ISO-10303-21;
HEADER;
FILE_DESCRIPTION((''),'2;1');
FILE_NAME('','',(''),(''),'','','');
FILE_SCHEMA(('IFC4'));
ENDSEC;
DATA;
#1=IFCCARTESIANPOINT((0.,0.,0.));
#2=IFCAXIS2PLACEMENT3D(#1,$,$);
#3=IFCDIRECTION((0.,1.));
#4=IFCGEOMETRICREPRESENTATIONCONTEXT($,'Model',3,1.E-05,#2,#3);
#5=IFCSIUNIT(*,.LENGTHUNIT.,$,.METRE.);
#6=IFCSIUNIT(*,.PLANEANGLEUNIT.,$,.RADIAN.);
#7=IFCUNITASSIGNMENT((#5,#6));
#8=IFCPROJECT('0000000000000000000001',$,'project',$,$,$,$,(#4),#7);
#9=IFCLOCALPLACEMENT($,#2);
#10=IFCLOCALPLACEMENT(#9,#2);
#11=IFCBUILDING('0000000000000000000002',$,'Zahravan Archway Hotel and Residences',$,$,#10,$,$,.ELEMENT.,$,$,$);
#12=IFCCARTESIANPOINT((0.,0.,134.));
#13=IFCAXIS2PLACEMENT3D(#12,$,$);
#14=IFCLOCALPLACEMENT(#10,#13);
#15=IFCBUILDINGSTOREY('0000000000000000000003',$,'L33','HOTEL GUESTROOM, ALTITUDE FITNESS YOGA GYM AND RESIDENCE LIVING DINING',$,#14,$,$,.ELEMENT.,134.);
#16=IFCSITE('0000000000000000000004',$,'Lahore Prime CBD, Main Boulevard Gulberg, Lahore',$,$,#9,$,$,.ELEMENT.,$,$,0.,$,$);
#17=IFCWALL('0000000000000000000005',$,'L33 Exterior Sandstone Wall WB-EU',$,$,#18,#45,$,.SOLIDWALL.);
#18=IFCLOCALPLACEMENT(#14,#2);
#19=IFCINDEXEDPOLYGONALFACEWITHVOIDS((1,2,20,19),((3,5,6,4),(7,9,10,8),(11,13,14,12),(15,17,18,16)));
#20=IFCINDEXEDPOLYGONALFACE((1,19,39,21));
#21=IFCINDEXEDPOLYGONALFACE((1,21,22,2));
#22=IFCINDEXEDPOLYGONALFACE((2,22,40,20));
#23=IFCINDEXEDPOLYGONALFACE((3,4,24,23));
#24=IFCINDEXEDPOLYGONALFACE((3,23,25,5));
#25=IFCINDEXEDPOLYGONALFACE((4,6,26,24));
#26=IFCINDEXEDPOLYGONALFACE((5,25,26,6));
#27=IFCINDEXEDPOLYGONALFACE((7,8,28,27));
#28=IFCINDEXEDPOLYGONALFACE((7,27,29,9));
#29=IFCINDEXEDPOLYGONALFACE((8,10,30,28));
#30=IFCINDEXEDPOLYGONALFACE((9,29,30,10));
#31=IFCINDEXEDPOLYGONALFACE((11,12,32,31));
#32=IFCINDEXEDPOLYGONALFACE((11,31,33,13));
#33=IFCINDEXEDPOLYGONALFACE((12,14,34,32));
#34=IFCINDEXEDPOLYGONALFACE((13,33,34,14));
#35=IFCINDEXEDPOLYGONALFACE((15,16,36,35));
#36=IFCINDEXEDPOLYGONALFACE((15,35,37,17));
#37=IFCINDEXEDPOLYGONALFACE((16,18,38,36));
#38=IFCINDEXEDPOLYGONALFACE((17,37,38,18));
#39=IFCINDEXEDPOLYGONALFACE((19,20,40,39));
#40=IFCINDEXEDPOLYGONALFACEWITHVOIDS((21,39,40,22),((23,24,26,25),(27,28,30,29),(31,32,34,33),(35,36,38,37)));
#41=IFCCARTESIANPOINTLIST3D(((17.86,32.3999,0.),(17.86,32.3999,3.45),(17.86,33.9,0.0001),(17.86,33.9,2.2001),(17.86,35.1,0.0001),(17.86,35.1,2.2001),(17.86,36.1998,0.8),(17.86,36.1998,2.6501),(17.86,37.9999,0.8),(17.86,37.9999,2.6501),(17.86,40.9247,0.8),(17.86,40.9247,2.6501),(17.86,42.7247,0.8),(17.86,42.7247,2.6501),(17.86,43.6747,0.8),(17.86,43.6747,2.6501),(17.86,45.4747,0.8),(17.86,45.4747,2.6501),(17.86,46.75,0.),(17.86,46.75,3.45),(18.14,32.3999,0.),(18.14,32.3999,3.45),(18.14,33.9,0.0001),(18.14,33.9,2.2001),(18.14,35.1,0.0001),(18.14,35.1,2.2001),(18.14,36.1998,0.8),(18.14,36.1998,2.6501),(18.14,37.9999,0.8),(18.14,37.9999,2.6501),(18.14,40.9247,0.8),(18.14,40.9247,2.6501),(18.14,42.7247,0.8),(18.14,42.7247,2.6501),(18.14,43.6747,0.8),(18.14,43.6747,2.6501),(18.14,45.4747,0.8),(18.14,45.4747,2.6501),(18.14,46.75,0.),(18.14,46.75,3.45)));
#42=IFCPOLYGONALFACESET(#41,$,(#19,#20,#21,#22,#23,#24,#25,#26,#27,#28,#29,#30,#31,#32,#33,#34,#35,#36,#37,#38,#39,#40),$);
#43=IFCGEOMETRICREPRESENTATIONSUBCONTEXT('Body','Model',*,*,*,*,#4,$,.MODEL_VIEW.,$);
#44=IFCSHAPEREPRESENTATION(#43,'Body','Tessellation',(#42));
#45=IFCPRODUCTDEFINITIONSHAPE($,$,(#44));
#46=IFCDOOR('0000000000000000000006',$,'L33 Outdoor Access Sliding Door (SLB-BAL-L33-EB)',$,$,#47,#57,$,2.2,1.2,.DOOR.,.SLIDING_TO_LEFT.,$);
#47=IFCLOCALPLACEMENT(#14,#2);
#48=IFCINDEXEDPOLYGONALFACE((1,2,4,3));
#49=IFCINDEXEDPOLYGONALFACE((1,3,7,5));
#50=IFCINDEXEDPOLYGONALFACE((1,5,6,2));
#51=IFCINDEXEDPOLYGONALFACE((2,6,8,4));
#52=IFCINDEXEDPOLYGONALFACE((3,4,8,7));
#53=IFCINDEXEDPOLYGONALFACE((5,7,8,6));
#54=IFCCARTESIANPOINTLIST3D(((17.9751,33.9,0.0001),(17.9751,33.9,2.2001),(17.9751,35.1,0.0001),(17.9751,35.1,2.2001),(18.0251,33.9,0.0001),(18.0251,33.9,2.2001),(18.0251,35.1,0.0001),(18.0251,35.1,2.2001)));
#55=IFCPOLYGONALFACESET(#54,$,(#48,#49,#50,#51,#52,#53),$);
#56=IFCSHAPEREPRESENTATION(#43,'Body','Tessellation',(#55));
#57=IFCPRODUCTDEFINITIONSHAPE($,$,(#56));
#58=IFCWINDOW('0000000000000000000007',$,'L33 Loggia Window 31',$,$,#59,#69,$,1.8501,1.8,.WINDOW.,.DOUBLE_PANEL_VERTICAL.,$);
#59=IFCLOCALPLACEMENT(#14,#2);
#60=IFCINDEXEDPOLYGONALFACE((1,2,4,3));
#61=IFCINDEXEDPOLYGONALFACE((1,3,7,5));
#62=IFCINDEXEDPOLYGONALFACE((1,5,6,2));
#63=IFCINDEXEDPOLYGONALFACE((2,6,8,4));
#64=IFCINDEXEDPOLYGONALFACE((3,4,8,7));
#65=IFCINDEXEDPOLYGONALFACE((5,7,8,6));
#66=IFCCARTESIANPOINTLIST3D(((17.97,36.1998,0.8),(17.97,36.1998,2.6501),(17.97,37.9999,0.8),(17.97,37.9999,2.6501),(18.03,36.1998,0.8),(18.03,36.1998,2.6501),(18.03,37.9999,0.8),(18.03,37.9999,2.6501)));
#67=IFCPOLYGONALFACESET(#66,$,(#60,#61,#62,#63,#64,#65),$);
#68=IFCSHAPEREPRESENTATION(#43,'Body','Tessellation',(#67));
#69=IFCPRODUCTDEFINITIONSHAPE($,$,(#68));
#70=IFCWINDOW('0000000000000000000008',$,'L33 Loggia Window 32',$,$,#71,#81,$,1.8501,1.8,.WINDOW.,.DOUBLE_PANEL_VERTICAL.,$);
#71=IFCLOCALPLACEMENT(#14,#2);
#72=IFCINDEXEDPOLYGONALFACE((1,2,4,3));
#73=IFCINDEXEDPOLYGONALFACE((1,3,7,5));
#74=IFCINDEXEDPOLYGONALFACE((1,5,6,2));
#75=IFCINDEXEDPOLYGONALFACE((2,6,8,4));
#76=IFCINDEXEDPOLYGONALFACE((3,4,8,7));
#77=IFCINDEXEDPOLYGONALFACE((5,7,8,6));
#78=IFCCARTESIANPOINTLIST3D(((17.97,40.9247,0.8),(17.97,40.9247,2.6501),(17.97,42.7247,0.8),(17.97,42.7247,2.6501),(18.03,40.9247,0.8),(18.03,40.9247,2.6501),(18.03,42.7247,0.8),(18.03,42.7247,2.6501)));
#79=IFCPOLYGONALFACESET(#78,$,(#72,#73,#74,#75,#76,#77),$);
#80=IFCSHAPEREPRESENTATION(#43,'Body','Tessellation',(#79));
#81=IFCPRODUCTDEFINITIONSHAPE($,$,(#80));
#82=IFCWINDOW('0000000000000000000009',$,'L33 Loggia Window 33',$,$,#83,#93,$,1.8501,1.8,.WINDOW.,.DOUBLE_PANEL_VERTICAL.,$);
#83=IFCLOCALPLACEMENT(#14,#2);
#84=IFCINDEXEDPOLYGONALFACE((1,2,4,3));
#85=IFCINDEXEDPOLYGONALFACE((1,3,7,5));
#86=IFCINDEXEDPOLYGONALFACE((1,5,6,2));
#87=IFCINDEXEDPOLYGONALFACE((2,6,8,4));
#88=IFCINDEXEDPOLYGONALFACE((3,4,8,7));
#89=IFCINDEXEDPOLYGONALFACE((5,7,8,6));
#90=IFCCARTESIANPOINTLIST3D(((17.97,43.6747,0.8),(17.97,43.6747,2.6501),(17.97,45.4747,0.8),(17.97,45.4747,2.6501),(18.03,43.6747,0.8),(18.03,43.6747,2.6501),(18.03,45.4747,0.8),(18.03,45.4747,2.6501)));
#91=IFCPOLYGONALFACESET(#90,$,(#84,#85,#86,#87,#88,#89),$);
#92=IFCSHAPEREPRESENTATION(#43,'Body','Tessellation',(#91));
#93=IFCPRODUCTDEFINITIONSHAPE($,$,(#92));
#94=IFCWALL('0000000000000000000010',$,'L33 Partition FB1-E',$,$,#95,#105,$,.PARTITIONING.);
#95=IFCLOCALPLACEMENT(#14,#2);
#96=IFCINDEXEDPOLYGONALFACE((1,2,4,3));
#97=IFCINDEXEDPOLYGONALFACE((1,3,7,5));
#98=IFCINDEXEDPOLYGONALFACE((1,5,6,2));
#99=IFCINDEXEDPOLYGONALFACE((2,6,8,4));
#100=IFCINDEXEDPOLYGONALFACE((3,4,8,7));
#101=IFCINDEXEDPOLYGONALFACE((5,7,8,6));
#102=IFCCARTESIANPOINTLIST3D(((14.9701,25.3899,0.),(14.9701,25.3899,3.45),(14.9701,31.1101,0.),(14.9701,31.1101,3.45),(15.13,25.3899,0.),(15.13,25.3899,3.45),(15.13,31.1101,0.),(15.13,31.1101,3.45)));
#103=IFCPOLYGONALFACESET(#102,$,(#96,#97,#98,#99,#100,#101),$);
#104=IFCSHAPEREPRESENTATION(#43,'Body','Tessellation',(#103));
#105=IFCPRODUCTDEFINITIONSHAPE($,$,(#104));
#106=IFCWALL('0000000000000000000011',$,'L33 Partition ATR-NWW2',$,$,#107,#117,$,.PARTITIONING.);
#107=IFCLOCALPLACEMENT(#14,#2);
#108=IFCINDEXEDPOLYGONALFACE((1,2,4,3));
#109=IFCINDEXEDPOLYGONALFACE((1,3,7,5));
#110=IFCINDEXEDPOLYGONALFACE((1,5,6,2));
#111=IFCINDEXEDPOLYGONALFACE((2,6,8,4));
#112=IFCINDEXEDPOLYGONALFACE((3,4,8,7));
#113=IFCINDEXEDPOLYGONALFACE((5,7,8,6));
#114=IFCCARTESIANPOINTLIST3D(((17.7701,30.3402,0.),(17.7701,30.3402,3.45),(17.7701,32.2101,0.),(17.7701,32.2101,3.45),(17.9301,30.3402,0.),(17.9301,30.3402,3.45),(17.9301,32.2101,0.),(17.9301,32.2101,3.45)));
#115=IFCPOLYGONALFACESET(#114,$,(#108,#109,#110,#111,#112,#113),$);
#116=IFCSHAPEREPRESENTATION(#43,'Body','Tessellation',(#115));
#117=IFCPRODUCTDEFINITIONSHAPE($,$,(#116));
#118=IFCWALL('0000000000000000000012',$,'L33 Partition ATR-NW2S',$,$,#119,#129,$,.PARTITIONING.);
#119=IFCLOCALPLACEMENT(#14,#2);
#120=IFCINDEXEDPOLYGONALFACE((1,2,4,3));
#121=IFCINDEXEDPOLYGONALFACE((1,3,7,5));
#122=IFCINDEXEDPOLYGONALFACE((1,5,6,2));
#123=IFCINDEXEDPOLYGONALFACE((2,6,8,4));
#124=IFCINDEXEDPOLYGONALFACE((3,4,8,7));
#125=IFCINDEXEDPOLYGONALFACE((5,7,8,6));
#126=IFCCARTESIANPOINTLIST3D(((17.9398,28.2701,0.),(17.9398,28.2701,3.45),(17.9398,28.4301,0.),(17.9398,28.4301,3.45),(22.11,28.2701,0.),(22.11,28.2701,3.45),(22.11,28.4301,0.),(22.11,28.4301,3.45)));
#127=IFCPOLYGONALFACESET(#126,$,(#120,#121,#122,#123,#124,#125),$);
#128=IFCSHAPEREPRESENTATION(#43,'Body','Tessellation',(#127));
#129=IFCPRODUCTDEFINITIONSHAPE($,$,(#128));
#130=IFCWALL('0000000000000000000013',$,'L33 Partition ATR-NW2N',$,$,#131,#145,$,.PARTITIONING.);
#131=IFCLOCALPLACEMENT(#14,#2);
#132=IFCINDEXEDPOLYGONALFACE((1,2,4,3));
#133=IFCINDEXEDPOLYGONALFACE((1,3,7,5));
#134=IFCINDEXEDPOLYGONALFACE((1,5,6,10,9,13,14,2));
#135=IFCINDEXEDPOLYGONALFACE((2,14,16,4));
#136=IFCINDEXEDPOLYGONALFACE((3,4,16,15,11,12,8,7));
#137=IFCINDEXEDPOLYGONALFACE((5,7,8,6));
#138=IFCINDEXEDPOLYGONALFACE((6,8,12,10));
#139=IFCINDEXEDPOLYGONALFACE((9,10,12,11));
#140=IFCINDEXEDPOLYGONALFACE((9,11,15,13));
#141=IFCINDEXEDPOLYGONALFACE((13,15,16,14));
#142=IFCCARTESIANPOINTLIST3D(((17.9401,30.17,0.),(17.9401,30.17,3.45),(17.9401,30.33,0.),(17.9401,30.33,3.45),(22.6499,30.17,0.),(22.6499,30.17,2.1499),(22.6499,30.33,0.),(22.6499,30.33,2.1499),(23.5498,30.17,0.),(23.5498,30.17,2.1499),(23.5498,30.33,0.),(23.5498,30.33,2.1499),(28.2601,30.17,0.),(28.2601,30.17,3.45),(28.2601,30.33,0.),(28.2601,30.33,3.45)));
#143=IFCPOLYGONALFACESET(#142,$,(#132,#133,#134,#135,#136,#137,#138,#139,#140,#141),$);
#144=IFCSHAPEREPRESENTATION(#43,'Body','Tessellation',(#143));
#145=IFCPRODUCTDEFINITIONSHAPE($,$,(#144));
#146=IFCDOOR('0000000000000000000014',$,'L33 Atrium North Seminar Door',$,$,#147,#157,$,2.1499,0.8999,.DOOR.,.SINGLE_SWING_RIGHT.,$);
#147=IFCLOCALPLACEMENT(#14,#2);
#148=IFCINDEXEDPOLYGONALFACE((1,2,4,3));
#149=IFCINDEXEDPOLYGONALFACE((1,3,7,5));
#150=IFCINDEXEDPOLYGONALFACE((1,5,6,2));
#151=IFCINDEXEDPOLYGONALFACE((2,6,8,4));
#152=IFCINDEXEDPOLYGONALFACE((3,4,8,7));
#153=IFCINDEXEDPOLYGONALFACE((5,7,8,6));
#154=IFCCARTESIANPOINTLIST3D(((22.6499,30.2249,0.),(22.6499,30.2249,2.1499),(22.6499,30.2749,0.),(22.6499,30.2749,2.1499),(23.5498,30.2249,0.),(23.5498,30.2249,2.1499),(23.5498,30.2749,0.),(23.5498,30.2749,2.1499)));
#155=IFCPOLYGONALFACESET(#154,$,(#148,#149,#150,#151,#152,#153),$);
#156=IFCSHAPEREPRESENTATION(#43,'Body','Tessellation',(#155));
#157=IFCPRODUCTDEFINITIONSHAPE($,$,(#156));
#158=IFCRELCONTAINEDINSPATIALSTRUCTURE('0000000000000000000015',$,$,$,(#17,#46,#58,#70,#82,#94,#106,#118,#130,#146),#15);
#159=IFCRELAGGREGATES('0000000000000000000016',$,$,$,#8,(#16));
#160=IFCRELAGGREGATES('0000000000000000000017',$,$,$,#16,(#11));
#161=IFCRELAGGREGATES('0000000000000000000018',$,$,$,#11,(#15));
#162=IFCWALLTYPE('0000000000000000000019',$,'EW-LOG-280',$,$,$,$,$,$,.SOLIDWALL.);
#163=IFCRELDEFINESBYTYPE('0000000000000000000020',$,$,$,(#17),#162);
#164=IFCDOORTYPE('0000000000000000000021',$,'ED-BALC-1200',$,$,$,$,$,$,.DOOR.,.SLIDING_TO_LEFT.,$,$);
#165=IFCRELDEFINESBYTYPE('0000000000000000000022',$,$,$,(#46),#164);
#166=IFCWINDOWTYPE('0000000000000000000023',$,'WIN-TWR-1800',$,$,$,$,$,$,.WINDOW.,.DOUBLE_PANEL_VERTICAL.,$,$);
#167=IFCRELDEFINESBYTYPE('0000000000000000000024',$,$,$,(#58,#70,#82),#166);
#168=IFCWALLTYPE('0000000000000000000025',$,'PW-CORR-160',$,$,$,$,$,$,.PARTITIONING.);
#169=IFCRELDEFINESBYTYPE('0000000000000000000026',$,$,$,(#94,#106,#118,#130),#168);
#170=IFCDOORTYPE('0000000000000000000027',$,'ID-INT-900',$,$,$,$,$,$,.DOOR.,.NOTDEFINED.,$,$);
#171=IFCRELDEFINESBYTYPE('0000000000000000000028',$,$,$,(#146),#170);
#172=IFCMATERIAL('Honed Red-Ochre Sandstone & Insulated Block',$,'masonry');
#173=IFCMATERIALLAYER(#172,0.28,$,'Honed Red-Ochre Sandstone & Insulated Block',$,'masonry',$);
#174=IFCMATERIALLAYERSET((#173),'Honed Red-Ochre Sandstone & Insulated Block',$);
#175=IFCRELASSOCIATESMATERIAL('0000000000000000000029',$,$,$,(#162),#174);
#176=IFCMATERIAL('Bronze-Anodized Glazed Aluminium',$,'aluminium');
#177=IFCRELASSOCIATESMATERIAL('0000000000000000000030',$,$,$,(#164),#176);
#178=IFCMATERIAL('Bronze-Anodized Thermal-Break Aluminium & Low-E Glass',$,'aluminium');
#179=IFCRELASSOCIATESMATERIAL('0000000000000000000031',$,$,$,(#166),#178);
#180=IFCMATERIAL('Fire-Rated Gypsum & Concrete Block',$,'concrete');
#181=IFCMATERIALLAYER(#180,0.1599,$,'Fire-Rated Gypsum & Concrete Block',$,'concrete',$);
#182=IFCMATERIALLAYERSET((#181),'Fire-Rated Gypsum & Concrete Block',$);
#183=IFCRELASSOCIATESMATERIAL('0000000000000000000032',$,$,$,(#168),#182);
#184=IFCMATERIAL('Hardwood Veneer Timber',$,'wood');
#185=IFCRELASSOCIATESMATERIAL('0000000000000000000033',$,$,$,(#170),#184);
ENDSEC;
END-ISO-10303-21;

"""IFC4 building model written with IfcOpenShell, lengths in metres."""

from ifc_helpers import new_model, si_unit, direction, frame, frame_2d, origin, place, context, subcontext, project, spatial, rectangle, extrude, source, transform, mapped, material, layer, layer_set, type_object, type_shapes, element, fill, save


model = new_model("IFC4")

# Units and contexts
model_context = context("Model", 3, precision=1e-05, world=origin(), true_north=direction((0.0, 1.0)))
body_context = subcontext(model_context, "Body", "Model", "MODEL_VIEW")
ifc_project = project(units=[si_unit("LENGTHUNIT", "METRE"), si_unit("PLANEANGLEUNIT", "RADIAN")], contexts=[model_context])

# Site, building, storey
site_placement = place(None, origin())
site = spatial("IfcSite", under=ifc_project, at=site_placement, Name="Lahore Prime CBD, Main Boulevard Gulberg, Lahore", CompositionType="ELEMENT", RefElevation=0.0)
building_placement = place(site_placement, origin())
building = spatial("IfcBuilding", under=site, at=building_placement, Name="Zahravan Archway Hotel and Residences", CompositionType="ELEMENT")
storey_placement = place(building_placement, frame((0.0, 0.0, 134.0)))
storey = spatial("IfcBuildingStorey", under=building, at=storey_placement, Name="L33", Description="HOTEL GUESTROOM, ALTITUDE FITNESS YOGA GYM AND RESIDENCE LIVING DINING", CompositionType="ELEMENT", Elevation=134.0)

# Wall, openings, door, windows
ifc_material_1 = material(Name="Honed Red-Ochre Sandstone & Insulated Block", Category="masonry")
ifc_layer_1 = layer(ifc_material_1, 0.28, Name="Honed Red-Ochre Sandstone & Insulated Block", Category="masonry")
ifc_layer_set_1 = layer_set([ifc_layer_1], Name="Honed Red-Ochre Sandstone & Insulated Block")
wall_type_1 = type_object("IfcWallType", Name="EW-LOG-280", PredefinedType="SOLIDWALL", material=ifc_layer_set_1)
wall_1_placement = place(storey_placement, frame((18.0, 32.3999, 0.0), z_axis=(0.0, 0.0, 1.0), x_axis=(0.0, 1.0, 0.0)))
wall_1 = element("IfcWall", 1, at=wall_1_placement, inside=storey, type_object=wall_type_1, Name="L33 Exterior Sandstone Wall WB-EU", PredefinedType="SOLIDWALL", context=body_context, shape_type="SweptSolid", body=[
    extrude(rectangle(XDim=14.3501, YDim=0.28, at=frame_2d((7.175, 0.0))), origin(), (0.0, 0.0, 1.0), 3.45),
])
opening_1_placement = place(wall_1_placement, frame((1.5, 0.0, 0.0)))
opening_1 = element("IfcOpeningElement", 2, at=opening_1_placement, cuts=wall_1, PredefinedType="OPENING", context=body_context, shape_type="SweptSolid", body=[
    extrude(rectangle(XDim=1.2, YDim=2.2, at=frame_2d((0.6001, 1.1001))), frame((0.0, 0.1499, 0.0), z_axis=(0.0, -1.0, 0.0), x_axis=(1.0, 0.0, 0.0)), (0.0, 0.0, 1.0), 0.3),
])
opening_2_placement = place(wall_1_placement, frame((3.8, 0.0, 0.8)))
opening_2 = element("IfcOpeningElement", 3, at=opening_2_placement, cuts=wall_1, PredefinedType="OPENING", context=body_context, shape_type="SweptSolid", body=[
    extrude(rectangle(XDim=1.8, YDim=1.8501, at=frame_2d((0.8999, 0.925))), frame((0.0, 0.1499, 0.0), z_axis=(0.0, -1.0, 0.0), x_axis=(1.0, 0.0, 0.0)), (0.0, 0.0, 1.0), 0.3),
])
opening_3_placement = place(wall_1_placement, frame((8.5249, 0.0, 0.8)))
opening_3 = element("IfcOpeningElement", 4, at=opening_3_placement, cuts=wall_1, PredefinedType="OPENING", context=body_context, shape_type="SweptSolid", body=[
    extrude(rectangle(XDim=1.8, YDim=1.8501, at=frame_2d((0.8999, 0.925))), frame((0.0, 0.1499, 0.0), z_axis=(0.0, -1.0, 0.0), x_axis=(1.0, 0.0, 0.0)), (0.0, 0.0, 1.0), 0.3),
])
opening_4_placement = place(wall_1_placement, frame((11.2749, 0.0, 0.8)))
opening_4 = element("IfcOpeningElement", 5, at=opening_4_placement, cuts=wall_1, PredefinedType="OPENING", context=body_context, shape_type="SweptSolid", body=[
    extrude(rectangle(XDim=1.8, YDim=1.8501, at=frame_2d((0.8999, 0.925))), frame((0.0, 0.1499, 0.0), z_axis=(0.0, -1.0, 0.0), x_axis=(1.0, 0.0, 0.0)), (0.0, 0.0, 1.0), 0.3),
])
ifc_material_2 = material(Name="Bronze-Anodized Glazed Aluminium", Category="aluminium")
door_type_1 = type_object("IfcDoorType", Name="ED-BALC-1200", OperationType="SLIDING_TO_LEFT", PredefinedType="DOOR", material=ifc_material_2)
shared_shape_1 = source(origin(), body_context, "Body", "SweptSolid", [
    extrude(rectangle(XDim=1.2, YDim=2.2, at=frame_2d((0.6001, 1.1001))), frame((0.0, 0.0249, 0.0), z_axis=(0.0, -1.0, 0.0), x_axis=(1.0, 0.0, 0.0)), (0.0, 0.0, 1.0), 0.05),
])
type_shapes(door_type_1, [shared_shape_1])
door_1_placement = place(opening_1_placement, origin())
door_1 = element("IfcDoor", 6, at=door_1_placement, inside=storey, type_object=door_type_1, Name="L33 Outdoor Access Sliding Door (SLB-BAL-L33-EB)", OperationType="SLIDING_TO_LEFT", OverallHeight=2.2, OverallWidth=1.2, PredefinedType="DOOR", context=body_context, shape_type="MappedRepresentation", body=[
    mapped(shared_shape_1, transform((0.0, 0.0, 0.0), scale=1.0)),
])
fill(opening_1, door_1)
ifc_material_3 = material(Name="Bronze-Anodized Thermal-Break Aluminium & Low-E Glass", Category="aluminium")
window_type = type_object("IfcWindowType", Name="WIN-TWR-1800", PartitioningType="DOUBLE_PANEL_VERTICAL", PredefinedType="WINDOW", material=ifc_material_3)
shared_shape_2 = source(origin(), body_context, "Body", "SweptSolid", [
    extrude(rectangle(XDim=1.8, YDim=1.8501, at=frame_2d((0.8999, 0.925))), frame((0.0, 0.03, 0.0), z_axis=(0.0, -1.0, 0.0), x_axis=(1.0, 0.0, 0.0)), (0.0, 0.0, 1.0), 0.0601),
])
type_shapes(window_type, [shared_shape_2])
window_1_placement = place(opening_2_placement, origin())
window_1 = element("IfcWindow", 7, at=window_1_placement, inside=storey, type_object=window_type, Name="L33 Loggia Window 31", OverallHeight=1.8501, OverallWidth=1.8, PartitioningType="DOUBLE_PANEL_VERTICAL", PredefinedType="WINDOW", context=body_context, shape_type="MappedRepresentation", body=[
    mapped(shared_shape_2, transform((0.0, 0.0, 0.0), scale=1.0)),
])
fill(opening_2, window_1)
window_2_placement = place(opening_3_placement, origin())
window_2 = element("IfcWindow", 8, at=window_2_placement, inside=storey, type_object=window_type, Name="L33 Loggia Window 32", OverallHeight=1.8501, OverallWidth=1.8, PartitioningType="DOUBLE_PANEL_VERTICAL", PredefinedType="WINDOW", context=body_context, shape_type="MappedRepresentation", body=[
    mapped(shared_shape_2, transform((0.0, 0.0, 0.0), scale=1.0)),
])
fill(opening_3, window_2)
window_3_placement = place(opening_4_placement, origin())
window_3 = element("IfcWindow", 9, at=window_3_placement, inside=storey, type_object=window_type, Name="L33 Loggia Window 33", OverallHeight=1.8501, OverallWidth=1.8, PartitioningType="DOUBLE_PANEL_VERTICAL", PredefinedType="WINDOW", context=body_context, shape_type="MappedRepresentation", body=[
    mapped(shared_shape_2, transform((0.0, 0.0, 0.0), scale=1.0)),
])
fill(opening_4, window_3)

# Walls
ifc_material_4 = material(Name="Fire-Rated Gypsum & Concrete Block", Category="concrete")
ifc_layer_2 = layer(ifc_material_4, 0.1599, Name="Fire-Rated Gypsum & Concrete Block", Category="concrete")
ifc_layer_set_2 = layer_set([ifc_layer_2], Name="Fire-Rated Gypsum & Concrete Block")
wall_type_2 = type_object("IfcWallType", Name="PW-CORR-160", PredefinedType="PARTITIONING", material=ifc_layer_set_2)
wall_2_placement = place(storey_placement, frame((15.05, 25.3899, 0.0), z_axis=(0.0, 0.0, 1.0), x_axis=(0.0, 1.0, 0.0)))
element("IfcWall", 10, at=wall_2_placement, inside=storey, type_object=wall_type_2, Name="L33 Partition FB1-E", PredefinedType="PARTITIONING", context=body_context, shape_type="SweptSolid", body=[
    extrude(rectangle(XDim=5.7202, YDim=0.1599, at=frame_2d((2.8601, 0.0))), origin(), (0.0, 0.0, 1.0), 3.45),
])
wall_3_placement = place(storey_placement, frame((17.8501, 30.3401, 0.0), z_axis=(0.0, 0.0, 1.0), x_axis=(0.0, 1.0, 0.0)))
element("IfcWall", 11, at=wall_3_placement, inside=storey, type_object=wall_type_2, Name="L33 Partition ATR-NWW2", PredefinedType="PARTITIONING", context=body_context, shape_type="SweptSolid", body=[
    extrude(rectangle(XDim=1.8699, YDim=0.1599, at=frame_2d((0.9351, 0.0))), origin(), (0.0, 0.0, 1.0), 3.45),
])
wall_4_placement = place(storey_placement, frame((17.9399, 28.3501, 0.0), z_axis=(0.0, 0.0, 1.0), x_axis=(1.0, 0.0, 0.0)))
element("IfcWall", 12, at=wall_4_placement, inside=storey, type_object=wall_type_2, Name="L33 Partition ATR-NW2S", PredefinedType="PARTITIONING", context=body_context, shape_type="SweptSolid", body=[
    extrude(rectangle(XDim=4.1702, YDim=0.1599, at=frame_2d((2.085, 0.0))), origin(), (0.0, 0.0, 1.0), 3.45),
])

# Wall, opening, door
wall_5_placement = place(storey_placement, frame((17.9399, 30.25, 0.0), z_axis=(0.0, 0.0, 1.0), x_axis=(1.0, 0.0, 0.0)))
wall_5 = element("IfcWall", 13, at=wall_5_placement, inside=storey, type_object=wall_type_2, Name="L33 Partition ATR-NW2N", PredefinedType="PARTITIONING", context=body_context, shape_type="SweptSolid", body=[
    extrude(rectangle(XDim=10.3201, YDim=0.1599, at=frame_2d((5.1602, 0.0))), origin(), (0.0, 0.0, 1.0), 3.45),
])
opening_5_placement = place(wall_5_placement, frame((4.71, 0.0, 0.0)))
opening_5 = element("IfcOpeningElement", 14, at=opening_5_placement, cuts=wall_5, PredefinedType="OPENING", context=body_context, shape_type="SweptSolid", body=[
    extrude(rectangle(XDim=0.8999, YDim=2.1499, at=frame_2d((0.45, 1.075))), frame((0.0, 0.0898, 0.0), z_axis=(0.0, -1.0, 0.0), x_axis=(1.0, 0.0, 0.0)), (0.0, 0.0, 1.0), 0.1799),
])
ifc_material_5 = material(Name="Hardwood Veneer Timber", Category="wood")
door_type_2 = type_object("IfcDoorType", Name="ID-INT-900", OperationType="NOTDEFINED", PredefinedType="DOOR", material=ifc_material_5)
shared_shape_3 = source(origin(), body_context, "Body", "SweptSolid", [
    extrude(rectangle(XDim=0.8999, YDim=2.1499, at=frame_2d((0.45, 1.075))), frame((0.0, 0.0249, 0.0), z_axis=(0.0, -1.0, 0.0), x_axis=(1.0, 0.0, 0.0)), (0.0, 0.0, 1.0), 0.05),
])
type_shapes(door_type_2, [shared_shape_3])
door_2_placement = place(opening_5_placement, origin())
door_2 = element("IfcDoor", 15, at=door_2_placement, inside=storey, type_object=door_type_2, Name="L33 Atrium North Seminar Door", OperationType="SINGLE_SWING_RIGHT", OverallHeight=2.1499, OverallWidth=0.8999, PredefinedType="DOOR", context=body_context, shape_type="MappedRepresentation", body=[
    mapped(shared_shape_3, transform((0.0, 0.0, 0.0), scale=1.0)),
])
fill(opening_5, door_2)

save(model, "model.ifc")
